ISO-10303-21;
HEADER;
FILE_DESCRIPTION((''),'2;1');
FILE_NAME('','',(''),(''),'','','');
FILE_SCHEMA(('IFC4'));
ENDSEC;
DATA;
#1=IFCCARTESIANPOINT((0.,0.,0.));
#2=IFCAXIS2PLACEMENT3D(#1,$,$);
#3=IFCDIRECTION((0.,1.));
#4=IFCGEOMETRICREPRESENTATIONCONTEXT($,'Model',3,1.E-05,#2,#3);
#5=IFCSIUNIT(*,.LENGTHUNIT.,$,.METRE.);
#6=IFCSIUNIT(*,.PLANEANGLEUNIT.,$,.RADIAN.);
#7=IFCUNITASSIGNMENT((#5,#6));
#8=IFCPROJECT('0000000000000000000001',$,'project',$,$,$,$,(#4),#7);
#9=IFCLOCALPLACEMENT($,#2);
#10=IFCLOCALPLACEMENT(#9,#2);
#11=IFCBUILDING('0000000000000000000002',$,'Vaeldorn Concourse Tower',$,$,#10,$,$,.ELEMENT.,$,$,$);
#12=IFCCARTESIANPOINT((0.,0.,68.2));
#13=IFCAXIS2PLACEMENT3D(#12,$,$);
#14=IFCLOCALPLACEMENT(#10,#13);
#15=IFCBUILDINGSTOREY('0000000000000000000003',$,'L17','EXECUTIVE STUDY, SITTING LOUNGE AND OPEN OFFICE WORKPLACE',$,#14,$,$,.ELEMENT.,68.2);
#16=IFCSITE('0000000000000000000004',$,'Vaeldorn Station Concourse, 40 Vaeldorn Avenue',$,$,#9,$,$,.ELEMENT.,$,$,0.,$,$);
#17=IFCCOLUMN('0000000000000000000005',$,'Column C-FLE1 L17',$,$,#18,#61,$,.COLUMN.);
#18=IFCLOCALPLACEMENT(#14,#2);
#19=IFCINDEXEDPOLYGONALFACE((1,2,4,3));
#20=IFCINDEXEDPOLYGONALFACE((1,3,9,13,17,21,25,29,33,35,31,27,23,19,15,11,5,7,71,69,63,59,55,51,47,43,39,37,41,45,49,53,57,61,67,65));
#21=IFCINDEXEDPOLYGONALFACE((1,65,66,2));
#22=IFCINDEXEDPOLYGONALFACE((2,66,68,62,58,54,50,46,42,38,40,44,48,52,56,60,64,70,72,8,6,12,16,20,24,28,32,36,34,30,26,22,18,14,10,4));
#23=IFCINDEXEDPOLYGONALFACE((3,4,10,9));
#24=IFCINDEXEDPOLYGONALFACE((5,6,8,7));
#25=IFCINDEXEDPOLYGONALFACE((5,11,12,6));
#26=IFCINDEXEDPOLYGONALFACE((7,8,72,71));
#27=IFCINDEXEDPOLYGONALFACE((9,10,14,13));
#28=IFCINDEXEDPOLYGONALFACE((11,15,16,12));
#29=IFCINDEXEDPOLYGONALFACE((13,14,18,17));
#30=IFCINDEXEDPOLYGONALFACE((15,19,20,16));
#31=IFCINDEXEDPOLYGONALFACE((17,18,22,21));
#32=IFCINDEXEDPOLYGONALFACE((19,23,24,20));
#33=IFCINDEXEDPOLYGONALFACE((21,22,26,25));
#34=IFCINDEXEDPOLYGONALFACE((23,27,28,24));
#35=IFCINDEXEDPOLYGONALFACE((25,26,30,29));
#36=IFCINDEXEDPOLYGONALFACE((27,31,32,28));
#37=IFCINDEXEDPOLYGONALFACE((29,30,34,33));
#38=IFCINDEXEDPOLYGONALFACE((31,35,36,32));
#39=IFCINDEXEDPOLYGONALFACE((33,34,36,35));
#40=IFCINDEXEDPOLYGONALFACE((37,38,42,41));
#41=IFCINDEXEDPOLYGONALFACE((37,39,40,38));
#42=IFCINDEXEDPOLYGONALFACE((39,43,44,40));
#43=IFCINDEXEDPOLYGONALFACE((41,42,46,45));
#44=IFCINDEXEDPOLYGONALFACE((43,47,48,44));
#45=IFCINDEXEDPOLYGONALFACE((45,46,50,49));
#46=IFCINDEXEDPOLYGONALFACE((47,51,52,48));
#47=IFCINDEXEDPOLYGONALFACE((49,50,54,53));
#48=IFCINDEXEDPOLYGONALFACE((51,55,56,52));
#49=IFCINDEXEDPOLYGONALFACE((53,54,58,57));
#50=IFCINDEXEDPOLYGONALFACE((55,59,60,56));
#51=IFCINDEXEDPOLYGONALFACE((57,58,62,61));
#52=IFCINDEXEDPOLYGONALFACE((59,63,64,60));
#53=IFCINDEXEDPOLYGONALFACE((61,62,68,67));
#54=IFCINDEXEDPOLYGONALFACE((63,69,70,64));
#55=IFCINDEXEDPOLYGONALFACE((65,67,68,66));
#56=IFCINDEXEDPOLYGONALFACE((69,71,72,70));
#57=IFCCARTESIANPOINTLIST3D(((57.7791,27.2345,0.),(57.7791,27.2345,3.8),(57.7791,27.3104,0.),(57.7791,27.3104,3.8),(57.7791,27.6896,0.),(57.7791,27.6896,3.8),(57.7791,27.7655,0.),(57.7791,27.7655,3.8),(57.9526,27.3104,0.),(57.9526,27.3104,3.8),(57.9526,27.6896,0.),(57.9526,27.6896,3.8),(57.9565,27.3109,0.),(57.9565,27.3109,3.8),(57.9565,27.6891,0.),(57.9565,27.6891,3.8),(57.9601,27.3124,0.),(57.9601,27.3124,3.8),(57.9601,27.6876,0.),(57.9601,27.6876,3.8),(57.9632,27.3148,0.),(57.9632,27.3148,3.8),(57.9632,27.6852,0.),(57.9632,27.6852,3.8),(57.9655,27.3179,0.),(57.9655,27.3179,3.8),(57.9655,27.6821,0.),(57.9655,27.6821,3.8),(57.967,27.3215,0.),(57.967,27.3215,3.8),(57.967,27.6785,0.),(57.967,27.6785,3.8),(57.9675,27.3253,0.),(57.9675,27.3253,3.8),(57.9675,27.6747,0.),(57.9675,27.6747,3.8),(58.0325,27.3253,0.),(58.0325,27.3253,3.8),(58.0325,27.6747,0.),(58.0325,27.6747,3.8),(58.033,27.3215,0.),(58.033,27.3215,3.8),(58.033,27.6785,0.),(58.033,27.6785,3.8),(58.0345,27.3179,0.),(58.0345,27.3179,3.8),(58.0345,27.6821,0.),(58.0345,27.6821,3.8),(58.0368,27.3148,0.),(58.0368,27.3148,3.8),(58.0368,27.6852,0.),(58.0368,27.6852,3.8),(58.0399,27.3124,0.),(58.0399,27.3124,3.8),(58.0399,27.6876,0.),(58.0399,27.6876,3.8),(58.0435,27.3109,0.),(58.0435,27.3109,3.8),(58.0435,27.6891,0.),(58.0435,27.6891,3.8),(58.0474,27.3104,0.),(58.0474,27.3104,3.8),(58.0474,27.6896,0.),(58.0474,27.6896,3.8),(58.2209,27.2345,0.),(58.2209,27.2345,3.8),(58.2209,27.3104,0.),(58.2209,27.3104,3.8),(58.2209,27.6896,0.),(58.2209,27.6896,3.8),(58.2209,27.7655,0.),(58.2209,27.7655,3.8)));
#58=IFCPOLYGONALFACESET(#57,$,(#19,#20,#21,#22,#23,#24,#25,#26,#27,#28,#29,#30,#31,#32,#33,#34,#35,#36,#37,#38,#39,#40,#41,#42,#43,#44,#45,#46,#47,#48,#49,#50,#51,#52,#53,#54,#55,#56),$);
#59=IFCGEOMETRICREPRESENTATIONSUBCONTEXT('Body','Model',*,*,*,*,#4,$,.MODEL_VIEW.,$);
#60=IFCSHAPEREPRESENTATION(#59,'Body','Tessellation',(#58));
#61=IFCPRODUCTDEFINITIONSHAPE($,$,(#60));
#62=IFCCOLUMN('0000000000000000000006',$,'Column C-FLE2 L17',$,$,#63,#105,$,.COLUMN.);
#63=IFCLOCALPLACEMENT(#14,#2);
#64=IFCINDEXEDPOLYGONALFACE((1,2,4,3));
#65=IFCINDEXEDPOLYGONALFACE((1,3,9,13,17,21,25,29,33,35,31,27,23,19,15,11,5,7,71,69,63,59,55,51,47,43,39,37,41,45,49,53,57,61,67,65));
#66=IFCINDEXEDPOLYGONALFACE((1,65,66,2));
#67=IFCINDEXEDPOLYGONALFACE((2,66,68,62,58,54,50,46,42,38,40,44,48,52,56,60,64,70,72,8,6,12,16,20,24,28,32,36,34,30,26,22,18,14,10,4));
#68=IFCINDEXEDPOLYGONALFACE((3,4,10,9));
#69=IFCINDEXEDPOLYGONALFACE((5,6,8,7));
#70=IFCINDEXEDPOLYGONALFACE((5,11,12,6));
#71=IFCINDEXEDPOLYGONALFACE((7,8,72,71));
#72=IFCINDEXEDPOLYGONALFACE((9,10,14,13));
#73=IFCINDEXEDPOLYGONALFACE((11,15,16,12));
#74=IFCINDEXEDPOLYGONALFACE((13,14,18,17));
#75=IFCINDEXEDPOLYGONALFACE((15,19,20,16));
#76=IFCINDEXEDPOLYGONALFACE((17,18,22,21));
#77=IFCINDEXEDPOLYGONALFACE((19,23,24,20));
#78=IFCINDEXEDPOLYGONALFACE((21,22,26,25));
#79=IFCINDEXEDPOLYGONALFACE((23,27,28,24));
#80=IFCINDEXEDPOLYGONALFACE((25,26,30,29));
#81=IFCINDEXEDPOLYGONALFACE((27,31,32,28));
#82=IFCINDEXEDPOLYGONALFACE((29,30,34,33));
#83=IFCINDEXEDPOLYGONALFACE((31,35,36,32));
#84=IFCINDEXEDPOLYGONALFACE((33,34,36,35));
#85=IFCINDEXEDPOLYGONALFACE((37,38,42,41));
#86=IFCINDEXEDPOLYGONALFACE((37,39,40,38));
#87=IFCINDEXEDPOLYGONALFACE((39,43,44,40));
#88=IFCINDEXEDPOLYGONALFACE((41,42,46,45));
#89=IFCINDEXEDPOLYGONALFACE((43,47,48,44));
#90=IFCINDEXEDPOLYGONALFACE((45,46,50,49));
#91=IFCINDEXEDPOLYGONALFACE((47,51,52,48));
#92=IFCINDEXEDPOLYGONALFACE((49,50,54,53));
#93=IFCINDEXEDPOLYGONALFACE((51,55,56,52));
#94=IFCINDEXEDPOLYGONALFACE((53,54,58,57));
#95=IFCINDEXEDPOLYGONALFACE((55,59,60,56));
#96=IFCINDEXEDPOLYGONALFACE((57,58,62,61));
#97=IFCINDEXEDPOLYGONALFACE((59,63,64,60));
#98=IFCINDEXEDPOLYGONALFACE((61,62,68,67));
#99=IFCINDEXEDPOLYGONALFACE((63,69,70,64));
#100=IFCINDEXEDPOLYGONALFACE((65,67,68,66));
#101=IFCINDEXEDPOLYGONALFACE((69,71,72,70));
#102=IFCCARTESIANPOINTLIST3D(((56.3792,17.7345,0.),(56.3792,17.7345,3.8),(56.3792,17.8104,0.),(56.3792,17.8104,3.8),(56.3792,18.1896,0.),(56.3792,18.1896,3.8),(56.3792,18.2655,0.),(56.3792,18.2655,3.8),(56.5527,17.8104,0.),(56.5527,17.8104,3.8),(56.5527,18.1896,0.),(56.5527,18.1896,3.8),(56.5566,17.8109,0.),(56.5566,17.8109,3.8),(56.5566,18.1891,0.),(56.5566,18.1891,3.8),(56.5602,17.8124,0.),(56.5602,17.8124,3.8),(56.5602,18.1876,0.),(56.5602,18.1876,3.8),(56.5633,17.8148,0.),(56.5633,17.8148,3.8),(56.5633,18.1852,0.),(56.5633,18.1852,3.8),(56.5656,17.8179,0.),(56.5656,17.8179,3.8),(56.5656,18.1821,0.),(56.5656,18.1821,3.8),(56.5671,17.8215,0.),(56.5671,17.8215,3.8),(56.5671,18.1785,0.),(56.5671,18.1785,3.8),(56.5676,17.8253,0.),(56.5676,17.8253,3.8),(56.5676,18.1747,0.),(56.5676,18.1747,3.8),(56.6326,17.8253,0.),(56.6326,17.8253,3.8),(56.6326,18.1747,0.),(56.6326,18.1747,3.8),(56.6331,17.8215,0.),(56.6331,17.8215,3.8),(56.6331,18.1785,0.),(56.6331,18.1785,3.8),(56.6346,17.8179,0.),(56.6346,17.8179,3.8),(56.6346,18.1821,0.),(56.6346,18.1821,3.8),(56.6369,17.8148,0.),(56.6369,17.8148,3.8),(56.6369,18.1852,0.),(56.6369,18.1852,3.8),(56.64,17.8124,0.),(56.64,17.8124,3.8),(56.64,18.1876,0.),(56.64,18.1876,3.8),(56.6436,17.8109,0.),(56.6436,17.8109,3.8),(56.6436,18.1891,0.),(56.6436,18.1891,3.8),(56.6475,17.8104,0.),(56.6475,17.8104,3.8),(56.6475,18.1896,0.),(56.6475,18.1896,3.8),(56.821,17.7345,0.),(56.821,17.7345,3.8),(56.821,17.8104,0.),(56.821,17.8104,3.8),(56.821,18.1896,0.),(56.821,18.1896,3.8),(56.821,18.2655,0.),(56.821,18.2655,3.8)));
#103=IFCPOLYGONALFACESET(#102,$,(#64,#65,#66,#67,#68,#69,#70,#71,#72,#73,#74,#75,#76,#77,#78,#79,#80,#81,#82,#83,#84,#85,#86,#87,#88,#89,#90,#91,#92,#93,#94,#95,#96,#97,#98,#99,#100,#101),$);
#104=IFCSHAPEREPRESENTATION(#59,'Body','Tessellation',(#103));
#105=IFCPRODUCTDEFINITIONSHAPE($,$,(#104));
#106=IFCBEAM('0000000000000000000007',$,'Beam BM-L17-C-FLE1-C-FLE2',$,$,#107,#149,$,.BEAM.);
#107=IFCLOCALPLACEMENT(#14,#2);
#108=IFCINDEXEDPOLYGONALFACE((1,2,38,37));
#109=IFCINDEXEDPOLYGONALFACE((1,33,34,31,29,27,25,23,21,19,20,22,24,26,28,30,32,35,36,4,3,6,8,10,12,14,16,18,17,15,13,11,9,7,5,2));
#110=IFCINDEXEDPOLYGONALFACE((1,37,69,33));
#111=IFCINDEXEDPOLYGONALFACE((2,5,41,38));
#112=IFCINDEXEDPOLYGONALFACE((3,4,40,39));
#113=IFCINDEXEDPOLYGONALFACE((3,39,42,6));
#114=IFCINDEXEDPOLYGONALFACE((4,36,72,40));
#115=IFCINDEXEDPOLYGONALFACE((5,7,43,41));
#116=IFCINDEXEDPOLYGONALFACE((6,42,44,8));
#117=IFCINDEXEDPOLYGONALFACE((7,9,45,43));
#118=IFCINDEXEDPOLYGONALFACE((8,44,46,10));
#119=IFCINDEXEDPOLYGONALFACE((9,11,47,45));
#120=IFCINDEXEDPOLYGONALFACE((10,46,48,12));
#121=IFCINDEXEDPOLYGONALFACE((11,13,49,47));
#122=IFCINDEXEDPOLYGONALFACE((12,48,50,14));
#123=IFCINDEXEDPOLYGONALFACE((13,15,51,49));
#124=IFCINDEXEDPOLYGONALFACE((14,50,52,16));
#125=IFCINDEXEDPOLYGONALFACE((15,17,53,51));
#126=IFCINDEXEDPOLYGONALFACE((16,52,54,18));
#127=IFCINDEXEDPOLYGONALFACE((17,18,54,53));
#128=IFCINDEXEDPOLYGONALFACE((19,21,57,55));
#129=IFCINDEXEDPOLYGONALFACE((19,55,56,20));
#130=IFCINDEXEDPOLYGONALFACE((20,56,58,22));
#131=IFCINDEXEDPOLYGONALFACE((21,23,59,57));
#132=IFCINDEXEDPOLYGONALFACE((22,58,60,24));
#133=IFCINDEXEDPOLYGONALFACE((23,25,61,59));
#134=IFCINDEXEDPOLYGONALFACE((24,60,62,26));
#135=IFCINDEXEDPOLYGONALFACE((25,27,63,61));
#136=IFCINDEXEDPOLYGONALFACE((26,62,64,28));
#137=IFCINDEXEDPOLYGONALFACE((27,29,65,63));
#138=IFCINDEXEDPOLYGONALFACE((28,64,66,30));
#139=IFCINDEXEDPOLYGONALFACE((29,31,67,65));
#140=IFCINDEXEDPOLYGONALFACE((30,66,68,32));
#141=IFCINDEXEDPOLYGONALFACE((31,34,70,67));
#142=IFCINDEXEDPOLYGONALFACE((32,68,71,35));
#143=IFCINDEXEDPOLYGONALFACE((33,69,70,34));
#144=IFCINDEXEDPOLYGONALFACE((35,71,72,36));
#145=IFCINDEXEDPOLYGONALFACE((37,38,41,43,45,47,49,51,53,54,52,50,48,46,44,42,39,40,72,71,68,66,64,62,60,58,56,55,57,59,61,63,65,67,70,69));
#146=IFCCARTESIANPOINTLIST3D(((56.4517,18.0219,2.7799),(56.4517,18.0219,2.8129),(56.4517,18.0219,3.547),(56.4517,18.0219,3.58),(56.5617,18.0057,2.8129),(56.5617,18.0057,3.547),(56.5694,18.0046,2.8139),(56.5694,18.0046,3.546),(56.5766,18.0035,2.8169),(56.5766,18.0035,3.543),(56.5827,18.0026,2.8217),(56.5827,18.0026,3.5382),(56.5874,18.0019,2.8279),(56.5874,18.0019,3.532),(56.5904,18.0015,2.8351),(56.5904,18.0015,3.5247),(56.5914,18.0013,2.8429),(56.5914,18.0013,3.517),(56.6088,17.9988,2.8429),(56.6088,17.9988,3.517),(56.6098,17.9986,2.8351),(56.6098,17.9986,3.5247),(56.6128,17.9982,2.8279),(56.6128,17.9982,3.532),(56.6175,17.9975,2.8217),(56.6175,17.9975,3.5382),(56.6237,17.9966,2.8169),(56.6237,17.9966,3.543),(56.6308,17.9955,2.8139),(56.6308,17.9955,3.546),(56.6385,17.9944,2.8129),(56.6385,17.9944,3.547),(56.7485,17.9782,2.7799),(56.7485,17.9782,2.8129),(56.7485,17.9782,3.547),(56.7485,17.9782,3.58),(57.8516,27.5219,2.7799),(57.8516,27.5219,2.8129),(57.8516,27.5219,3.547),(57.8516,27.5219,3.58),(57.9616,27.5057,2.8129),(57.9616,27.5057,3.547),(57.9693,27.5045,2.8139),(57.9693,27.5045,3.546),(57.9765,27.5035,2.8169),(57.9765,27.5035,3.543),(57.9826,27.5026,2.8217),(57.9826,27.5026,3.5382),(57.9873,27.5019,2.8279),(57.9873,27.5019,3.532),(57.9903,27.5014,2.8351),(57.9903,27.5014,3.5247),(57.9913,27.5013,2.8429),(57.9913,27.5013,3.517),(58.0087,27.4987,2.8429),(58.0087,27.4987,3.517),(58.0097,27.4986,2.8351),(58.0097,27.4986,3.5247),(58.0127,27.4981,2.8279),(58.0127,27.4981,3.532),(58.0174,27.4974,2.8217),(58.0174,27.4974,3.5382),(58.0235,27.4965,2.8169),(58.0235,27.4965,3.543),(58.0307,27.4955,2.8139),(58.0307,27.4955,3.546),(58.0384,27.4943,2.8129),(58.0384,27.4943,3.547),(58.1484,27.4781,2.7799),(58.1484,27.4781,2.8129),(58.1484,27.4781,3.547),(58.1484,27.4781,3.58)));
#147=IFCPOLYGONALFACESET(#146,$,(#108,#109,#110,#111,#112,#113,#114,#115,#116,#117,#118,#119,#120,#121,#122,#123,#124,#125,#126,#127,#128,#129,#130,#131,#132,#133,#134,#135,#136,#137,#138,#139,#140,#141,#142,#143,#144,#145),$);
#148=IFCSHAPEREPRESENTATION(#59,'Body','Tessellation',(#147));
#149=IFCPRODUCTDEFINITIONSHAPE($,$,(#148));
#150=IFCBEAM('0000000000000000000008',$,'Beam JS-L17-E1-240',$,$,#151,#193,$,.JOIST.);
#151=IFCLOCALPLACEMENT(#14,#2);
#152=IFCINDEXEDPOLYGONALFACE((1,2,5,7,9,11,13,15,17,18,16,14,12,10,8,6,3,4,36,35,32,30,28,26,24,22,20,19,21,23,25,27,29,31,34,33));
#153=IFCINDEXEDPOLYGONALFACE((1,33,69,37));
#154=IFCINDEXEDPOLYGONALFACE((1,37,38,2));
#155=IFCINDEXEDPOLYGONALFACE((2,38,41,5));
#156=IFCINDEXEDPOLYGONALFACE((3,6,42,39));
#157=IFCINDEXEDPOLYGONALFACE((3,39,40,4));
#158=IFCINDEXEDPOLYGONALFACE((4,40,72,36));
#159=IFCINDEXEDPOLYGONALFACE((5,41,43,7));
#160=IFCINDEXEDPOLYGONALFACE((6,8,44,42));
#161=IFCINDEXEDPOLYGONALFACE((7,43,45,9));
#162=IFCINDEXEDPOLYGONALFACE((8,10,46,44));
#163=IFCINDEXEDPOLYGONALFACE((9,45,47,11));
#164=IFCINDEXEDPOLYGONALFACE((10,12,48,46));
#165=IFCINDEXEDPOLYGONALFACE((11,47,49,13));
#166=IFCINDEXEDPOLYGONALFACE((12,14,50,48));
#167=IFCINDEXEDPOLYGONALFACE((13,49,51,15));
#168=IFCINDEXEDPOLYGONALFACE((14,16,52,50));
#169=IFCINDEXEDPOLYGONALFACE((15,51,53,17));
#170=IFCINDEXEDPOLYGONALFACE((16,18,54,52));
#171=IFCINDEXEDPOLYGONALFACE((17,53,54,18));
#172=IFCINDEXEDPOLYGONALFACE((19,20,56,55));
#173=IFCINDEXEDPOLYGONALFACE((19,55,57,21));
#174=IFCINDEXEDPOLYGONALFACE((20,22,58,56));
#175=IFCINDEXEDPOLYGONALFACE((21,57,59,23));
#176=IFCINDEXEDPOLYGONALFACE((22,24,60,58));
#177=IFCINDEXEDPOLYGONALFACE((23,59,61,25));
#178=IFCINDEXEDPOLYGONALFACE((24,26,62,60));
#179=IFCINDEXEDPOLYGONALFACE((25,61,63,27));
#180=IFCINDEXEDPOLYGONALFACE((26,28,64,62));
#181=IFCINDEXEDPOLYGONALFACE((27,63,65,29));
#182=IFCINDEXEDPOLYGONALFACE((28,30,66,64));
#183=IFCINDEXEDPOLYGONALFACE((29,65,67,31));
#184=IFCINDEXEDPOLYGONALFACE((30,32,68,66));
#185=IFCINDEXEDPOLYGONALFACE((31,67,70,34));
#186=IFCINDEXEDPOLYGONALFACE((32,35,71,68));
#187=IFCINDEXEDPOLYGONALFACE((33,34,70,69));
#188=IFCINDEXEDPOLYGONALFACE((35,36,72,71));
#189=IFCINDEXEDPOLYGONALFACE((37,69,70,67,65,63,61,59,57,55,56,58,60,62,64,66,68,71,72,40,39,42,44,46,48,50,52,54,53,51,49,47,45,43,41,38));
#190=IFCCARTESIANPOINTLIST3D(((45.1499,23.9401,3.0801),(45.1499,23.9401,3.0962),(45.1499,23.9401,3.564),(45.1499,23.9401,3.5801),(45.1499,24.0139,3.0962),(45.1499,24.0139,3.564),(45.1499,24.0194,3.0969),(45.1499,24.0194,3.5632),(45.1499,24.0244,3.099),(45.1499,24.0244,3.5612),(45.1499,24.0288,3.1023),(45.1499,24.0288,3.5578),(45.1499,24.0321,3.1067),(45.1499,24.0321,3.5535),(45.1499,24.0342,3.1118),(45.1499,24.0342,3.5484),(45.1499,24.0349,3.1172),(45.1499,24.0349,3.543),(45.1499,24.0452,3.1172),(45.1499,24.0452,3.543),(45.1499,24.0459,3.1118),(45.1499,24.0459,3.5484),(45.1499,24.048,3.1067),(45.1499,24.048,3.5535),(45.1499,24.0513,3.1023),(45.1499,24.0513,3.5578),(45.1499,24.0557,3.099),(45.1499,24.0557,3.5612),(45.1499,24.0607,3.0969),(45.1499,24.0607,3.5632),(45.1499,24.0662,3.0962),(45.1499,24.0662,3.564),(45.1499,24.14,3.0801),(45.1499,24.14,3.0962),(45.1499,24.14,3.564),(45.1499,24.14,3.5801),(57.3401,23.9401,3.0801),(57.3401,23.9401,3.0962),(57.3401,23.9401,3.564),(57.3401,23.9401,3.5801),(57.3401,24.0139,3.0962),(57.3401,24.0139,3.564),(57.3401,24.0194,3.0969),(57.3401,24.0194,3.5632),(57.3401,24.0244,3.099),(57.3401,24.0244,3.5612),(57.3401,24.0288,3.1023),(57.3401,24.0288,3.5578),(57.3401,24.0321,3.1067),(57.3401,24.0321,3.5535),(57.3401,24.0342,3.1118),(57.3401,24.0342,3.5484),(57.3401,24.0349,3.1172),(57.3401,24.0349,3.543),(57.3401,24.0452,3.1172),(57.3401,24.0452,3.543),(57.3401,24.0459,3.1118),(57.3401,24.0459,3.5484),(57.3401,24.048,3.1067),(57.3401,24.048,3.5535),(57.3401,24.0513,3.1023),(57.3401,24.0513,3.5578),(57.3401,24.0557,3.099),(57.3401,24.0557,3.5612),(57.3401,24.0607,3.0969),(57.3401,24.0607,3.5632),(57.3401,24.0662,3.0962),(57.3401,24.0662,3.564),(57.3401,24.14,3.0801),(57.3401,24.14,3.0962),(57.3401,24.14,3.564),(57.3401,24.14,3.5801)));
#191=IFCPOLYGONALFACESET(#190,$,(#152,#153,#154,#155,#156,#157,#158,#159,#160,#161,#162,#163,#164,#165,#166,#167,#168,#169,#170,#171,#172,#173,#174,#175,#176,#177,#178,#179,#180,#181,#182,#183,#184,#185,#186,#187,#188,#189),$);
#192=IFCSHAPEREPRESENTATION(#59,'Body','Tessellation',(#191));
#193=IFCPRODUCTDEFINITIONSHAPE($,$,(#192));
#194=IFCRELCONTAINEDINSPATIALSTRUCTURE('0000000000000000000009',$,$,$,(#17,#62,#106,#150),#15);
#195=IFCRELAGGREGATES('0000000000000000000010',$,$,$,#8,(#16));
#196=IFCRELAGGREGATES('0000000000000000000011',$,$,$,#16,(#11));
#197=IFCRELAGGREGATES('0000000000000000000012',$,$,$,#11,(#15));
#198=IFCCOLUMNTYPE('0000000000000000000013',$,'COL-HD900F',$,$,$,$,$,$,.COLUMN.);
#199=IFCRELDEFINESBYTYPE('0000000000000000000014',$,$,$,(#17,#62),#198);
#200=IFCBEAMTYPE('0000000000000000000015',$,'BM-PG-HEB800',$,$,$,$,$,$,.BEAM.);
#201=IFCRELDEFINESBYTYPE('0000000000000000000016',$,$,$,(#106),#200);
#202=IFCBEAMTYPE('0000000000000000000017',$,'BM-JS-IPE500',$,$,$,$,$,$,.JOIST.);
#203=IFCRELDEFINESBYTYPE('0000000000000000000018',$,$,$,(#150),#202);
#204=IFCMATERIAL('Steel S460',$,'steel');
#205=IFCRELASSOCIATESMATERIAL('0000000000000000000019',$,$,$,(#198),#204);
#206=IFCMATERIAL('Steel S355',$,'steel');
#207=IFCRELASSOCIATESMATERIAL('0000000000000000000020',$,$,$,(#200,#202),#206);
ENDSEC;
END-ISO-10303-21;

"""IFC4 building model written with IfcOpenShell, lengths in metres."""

from ifc_helpers import new_model, si_unit, direction, frame, origin, origin_2d, place, context, subcontext, project, spatial, i_section, extrude, source, transform, mapped, material, material_profile, profile_set, type_object, element, save


model = new_model("IFC4")

# Units and contexts
model_context = context("Model", 3, precision=1e-05, world=origin(), true_north=direction((0.0, 1.0)))
body_context = subcontext(model_context, "Body", "Model", "MODEL_VIEW")
ifc_project = project(units=[si_unit("LENGTHUNIT", "METRE"), si_unit("PLANEANGLEUNIT", "RADIAN")], contexts=[model_context])

# Site, building, storey
site_placement = place(None, origin())
site = spatial("IfcSite", under=ifc_project, at=site_placement, Name="Vaeldorn Station Concourse, 40 Vaeldorn Avenue", CompositionType="ELEMENT", RefElevation=0.0)
building_placement = place(site_placement, origin())
building = spatial("IfcBuilding", under=site, at=building_placement, Name="Vaeldorn Concourse Tower", CompositionType="ELEMENT")
storey_placement = place(building_placement, frame((0.0, 0.0, 68.2)))
storey = spatial("IfcBuildingStorey", under=building, at=storey_placement, Name="L17", Description="EXECUTIVE STUDY, SITTING LOUNGE AND OPEN OFFICE WORKPLACE", CompositionType="ELEMENT", Elevation=68.2)

# Columns
ifc_material_1 = material(Name="Steel S460", Category="steel")
ifc_material_profile_1 = material_profile(ifc_material_1, i_section(OverallWidth=0.4419, OverallDepth=0.531, WebThickness=0.0649, FlangeThickness=0.0759, FilletRadius=0.0149, at=origin_2d()), Name="HD 400x900")
ifc_profile_set_1 = profile_set([ifc_material_profile_1], Name="Steel S460")
column_type = type_object("IfcColumnType", Name="COL-HD900F", PredefinedType="COLUMN", material=ifc_profile_set_1)
shared_shape_1 = source(origin(), body_context, "Body", "SweptSolid", [
    extrude(i_section(OverallWidth=0.4419, OverallDepth=0.531, WebThickness=0.0649, FlangeThickness=0.0759, FilletRadius=0.0149, at=origin_2d()), origin(), (0.0, 0.0, 1.0), 3.8),
])
for number, where, z_axis, x_axis, name in (
    (1, (58.0, 27.5, 0.0), (0.0, 0.0, 1.0), (1.0, 0.0, 0.0), "Column C-FLE1 L17"),
    (2, (56.6001, 18.0, 0.0), (0.0, 0.0, 1.0), (1.0, 0.0, 0.0), "Column C-FLE2 L17"),
):
    element("IfcColumn", number, at=place(storey_placement, frame(where, z_axis=z_axis, x_axis=x_axis)), inside=storey, type_object=column_type, Name=name, PredefinedType="COLUMN", context=body_context, shape_type="MappedRepresentation", body=[
        mapped(shared_shape_1, transform((0.0, 0.0, 0.0), scale=1.0)),
    ])

# Beams
ifc_material_2 = material(Name="Steel S355", Category="steel")
ifc_material_profile_2 = material_profile(ifc_material_2, i_section(OverallWidth=0.3, OverallDepth=0.8, WebThickness=0.0176, FlangeThickness=0.033, FilletRadius=0.03, at=origin_2d()), Name="HEB 800")
ifc_profile_set_2 = profile_set([ifc_material_profile_2], Name="Steel S355")
beam_type_1 = type_object("IfcBeamType", Name="BM-PG-HEB800", PredefinedType="BEAM", material=ifc_profile_set_2)
shared_shape_2 = source(origin(), body_context, "Body", "SweptSolid", [
    extrude(i_section(OverallWidth=0.3, OverallDepth=0.8, WebThickness=0.0176, FlangeThickness=0.033, FilletRadius=0.03, at=origin_2d()), origin(), (0.0, 0.0, 1.0), 9.6025),
])
beam_1_placement = place(storey_placement, frame((58.0, 27.5, 3.1799), z_axis=(-0.145784, -0.989316, 0.0), x_axis=(0.989316, -0.145784, 0.0)))
element("IfcBeam", 3, at=beam_1_placement, inside=storey, type_object=beam_type_1, Name="Beam BM-L17-C-FLE1-C-FLE2", PredefinedType="BEAM", context=body_context, shape_type="MappedRepresentation", body=[
    mapped(shared_shape_2, transform((0.0, 0.0, 0.0), scale=1.0)),
])
ifc_material_profile_3 = material_profile(ifc_material_2, i_section(OverallWidth=0.2, OverallDepth=0.5, WebThickness=0.0103, FlangeThickness=0.0161, FilletRadius=0.021, at=origin_2d()), Name="IPE 500")
ifc_profile_set_3 = profile_set([ifc_material_profile_3], Name="Steel S355")
beam_type_2 = type_object("IfcBeamType", Name="BM-JS-IPE500", PredefinedType="JOIST", material=ifc_profile_set_3)
shared_shape_3 = source(origin(), body_context, "Body", "SweptSolid", [
    extrude(i_section(OverallWidth=0.2, OverallDepth=0.5, WebThickness=0.0103, FlangeThickness=0.0161, FilletRadius=0.021, at=origin_2d()), origin(), (0.0, 0.0, 1.0), 12.1902),
])
beam_2_placement = place(storey_placement, frame((45.1499, 24.04, 3.3301), z_axis=(1.0, 0.0, 0.0), x_axis=(0.0, 1.0, 0.0)))
element("IfcBeam", 4, at=beam_2_placement, inside=storey, type_object=beam_type_2, Name="Beam JS-L17-E1-240", PredefinedType="JOIST", context=body_context, shape_type="MappedRepresentation", body=[
    mapped(shared_shape_3, transform((0.0, 0.0, 0.0), scale=1.0)),
])

save(model, "model.ifc")
